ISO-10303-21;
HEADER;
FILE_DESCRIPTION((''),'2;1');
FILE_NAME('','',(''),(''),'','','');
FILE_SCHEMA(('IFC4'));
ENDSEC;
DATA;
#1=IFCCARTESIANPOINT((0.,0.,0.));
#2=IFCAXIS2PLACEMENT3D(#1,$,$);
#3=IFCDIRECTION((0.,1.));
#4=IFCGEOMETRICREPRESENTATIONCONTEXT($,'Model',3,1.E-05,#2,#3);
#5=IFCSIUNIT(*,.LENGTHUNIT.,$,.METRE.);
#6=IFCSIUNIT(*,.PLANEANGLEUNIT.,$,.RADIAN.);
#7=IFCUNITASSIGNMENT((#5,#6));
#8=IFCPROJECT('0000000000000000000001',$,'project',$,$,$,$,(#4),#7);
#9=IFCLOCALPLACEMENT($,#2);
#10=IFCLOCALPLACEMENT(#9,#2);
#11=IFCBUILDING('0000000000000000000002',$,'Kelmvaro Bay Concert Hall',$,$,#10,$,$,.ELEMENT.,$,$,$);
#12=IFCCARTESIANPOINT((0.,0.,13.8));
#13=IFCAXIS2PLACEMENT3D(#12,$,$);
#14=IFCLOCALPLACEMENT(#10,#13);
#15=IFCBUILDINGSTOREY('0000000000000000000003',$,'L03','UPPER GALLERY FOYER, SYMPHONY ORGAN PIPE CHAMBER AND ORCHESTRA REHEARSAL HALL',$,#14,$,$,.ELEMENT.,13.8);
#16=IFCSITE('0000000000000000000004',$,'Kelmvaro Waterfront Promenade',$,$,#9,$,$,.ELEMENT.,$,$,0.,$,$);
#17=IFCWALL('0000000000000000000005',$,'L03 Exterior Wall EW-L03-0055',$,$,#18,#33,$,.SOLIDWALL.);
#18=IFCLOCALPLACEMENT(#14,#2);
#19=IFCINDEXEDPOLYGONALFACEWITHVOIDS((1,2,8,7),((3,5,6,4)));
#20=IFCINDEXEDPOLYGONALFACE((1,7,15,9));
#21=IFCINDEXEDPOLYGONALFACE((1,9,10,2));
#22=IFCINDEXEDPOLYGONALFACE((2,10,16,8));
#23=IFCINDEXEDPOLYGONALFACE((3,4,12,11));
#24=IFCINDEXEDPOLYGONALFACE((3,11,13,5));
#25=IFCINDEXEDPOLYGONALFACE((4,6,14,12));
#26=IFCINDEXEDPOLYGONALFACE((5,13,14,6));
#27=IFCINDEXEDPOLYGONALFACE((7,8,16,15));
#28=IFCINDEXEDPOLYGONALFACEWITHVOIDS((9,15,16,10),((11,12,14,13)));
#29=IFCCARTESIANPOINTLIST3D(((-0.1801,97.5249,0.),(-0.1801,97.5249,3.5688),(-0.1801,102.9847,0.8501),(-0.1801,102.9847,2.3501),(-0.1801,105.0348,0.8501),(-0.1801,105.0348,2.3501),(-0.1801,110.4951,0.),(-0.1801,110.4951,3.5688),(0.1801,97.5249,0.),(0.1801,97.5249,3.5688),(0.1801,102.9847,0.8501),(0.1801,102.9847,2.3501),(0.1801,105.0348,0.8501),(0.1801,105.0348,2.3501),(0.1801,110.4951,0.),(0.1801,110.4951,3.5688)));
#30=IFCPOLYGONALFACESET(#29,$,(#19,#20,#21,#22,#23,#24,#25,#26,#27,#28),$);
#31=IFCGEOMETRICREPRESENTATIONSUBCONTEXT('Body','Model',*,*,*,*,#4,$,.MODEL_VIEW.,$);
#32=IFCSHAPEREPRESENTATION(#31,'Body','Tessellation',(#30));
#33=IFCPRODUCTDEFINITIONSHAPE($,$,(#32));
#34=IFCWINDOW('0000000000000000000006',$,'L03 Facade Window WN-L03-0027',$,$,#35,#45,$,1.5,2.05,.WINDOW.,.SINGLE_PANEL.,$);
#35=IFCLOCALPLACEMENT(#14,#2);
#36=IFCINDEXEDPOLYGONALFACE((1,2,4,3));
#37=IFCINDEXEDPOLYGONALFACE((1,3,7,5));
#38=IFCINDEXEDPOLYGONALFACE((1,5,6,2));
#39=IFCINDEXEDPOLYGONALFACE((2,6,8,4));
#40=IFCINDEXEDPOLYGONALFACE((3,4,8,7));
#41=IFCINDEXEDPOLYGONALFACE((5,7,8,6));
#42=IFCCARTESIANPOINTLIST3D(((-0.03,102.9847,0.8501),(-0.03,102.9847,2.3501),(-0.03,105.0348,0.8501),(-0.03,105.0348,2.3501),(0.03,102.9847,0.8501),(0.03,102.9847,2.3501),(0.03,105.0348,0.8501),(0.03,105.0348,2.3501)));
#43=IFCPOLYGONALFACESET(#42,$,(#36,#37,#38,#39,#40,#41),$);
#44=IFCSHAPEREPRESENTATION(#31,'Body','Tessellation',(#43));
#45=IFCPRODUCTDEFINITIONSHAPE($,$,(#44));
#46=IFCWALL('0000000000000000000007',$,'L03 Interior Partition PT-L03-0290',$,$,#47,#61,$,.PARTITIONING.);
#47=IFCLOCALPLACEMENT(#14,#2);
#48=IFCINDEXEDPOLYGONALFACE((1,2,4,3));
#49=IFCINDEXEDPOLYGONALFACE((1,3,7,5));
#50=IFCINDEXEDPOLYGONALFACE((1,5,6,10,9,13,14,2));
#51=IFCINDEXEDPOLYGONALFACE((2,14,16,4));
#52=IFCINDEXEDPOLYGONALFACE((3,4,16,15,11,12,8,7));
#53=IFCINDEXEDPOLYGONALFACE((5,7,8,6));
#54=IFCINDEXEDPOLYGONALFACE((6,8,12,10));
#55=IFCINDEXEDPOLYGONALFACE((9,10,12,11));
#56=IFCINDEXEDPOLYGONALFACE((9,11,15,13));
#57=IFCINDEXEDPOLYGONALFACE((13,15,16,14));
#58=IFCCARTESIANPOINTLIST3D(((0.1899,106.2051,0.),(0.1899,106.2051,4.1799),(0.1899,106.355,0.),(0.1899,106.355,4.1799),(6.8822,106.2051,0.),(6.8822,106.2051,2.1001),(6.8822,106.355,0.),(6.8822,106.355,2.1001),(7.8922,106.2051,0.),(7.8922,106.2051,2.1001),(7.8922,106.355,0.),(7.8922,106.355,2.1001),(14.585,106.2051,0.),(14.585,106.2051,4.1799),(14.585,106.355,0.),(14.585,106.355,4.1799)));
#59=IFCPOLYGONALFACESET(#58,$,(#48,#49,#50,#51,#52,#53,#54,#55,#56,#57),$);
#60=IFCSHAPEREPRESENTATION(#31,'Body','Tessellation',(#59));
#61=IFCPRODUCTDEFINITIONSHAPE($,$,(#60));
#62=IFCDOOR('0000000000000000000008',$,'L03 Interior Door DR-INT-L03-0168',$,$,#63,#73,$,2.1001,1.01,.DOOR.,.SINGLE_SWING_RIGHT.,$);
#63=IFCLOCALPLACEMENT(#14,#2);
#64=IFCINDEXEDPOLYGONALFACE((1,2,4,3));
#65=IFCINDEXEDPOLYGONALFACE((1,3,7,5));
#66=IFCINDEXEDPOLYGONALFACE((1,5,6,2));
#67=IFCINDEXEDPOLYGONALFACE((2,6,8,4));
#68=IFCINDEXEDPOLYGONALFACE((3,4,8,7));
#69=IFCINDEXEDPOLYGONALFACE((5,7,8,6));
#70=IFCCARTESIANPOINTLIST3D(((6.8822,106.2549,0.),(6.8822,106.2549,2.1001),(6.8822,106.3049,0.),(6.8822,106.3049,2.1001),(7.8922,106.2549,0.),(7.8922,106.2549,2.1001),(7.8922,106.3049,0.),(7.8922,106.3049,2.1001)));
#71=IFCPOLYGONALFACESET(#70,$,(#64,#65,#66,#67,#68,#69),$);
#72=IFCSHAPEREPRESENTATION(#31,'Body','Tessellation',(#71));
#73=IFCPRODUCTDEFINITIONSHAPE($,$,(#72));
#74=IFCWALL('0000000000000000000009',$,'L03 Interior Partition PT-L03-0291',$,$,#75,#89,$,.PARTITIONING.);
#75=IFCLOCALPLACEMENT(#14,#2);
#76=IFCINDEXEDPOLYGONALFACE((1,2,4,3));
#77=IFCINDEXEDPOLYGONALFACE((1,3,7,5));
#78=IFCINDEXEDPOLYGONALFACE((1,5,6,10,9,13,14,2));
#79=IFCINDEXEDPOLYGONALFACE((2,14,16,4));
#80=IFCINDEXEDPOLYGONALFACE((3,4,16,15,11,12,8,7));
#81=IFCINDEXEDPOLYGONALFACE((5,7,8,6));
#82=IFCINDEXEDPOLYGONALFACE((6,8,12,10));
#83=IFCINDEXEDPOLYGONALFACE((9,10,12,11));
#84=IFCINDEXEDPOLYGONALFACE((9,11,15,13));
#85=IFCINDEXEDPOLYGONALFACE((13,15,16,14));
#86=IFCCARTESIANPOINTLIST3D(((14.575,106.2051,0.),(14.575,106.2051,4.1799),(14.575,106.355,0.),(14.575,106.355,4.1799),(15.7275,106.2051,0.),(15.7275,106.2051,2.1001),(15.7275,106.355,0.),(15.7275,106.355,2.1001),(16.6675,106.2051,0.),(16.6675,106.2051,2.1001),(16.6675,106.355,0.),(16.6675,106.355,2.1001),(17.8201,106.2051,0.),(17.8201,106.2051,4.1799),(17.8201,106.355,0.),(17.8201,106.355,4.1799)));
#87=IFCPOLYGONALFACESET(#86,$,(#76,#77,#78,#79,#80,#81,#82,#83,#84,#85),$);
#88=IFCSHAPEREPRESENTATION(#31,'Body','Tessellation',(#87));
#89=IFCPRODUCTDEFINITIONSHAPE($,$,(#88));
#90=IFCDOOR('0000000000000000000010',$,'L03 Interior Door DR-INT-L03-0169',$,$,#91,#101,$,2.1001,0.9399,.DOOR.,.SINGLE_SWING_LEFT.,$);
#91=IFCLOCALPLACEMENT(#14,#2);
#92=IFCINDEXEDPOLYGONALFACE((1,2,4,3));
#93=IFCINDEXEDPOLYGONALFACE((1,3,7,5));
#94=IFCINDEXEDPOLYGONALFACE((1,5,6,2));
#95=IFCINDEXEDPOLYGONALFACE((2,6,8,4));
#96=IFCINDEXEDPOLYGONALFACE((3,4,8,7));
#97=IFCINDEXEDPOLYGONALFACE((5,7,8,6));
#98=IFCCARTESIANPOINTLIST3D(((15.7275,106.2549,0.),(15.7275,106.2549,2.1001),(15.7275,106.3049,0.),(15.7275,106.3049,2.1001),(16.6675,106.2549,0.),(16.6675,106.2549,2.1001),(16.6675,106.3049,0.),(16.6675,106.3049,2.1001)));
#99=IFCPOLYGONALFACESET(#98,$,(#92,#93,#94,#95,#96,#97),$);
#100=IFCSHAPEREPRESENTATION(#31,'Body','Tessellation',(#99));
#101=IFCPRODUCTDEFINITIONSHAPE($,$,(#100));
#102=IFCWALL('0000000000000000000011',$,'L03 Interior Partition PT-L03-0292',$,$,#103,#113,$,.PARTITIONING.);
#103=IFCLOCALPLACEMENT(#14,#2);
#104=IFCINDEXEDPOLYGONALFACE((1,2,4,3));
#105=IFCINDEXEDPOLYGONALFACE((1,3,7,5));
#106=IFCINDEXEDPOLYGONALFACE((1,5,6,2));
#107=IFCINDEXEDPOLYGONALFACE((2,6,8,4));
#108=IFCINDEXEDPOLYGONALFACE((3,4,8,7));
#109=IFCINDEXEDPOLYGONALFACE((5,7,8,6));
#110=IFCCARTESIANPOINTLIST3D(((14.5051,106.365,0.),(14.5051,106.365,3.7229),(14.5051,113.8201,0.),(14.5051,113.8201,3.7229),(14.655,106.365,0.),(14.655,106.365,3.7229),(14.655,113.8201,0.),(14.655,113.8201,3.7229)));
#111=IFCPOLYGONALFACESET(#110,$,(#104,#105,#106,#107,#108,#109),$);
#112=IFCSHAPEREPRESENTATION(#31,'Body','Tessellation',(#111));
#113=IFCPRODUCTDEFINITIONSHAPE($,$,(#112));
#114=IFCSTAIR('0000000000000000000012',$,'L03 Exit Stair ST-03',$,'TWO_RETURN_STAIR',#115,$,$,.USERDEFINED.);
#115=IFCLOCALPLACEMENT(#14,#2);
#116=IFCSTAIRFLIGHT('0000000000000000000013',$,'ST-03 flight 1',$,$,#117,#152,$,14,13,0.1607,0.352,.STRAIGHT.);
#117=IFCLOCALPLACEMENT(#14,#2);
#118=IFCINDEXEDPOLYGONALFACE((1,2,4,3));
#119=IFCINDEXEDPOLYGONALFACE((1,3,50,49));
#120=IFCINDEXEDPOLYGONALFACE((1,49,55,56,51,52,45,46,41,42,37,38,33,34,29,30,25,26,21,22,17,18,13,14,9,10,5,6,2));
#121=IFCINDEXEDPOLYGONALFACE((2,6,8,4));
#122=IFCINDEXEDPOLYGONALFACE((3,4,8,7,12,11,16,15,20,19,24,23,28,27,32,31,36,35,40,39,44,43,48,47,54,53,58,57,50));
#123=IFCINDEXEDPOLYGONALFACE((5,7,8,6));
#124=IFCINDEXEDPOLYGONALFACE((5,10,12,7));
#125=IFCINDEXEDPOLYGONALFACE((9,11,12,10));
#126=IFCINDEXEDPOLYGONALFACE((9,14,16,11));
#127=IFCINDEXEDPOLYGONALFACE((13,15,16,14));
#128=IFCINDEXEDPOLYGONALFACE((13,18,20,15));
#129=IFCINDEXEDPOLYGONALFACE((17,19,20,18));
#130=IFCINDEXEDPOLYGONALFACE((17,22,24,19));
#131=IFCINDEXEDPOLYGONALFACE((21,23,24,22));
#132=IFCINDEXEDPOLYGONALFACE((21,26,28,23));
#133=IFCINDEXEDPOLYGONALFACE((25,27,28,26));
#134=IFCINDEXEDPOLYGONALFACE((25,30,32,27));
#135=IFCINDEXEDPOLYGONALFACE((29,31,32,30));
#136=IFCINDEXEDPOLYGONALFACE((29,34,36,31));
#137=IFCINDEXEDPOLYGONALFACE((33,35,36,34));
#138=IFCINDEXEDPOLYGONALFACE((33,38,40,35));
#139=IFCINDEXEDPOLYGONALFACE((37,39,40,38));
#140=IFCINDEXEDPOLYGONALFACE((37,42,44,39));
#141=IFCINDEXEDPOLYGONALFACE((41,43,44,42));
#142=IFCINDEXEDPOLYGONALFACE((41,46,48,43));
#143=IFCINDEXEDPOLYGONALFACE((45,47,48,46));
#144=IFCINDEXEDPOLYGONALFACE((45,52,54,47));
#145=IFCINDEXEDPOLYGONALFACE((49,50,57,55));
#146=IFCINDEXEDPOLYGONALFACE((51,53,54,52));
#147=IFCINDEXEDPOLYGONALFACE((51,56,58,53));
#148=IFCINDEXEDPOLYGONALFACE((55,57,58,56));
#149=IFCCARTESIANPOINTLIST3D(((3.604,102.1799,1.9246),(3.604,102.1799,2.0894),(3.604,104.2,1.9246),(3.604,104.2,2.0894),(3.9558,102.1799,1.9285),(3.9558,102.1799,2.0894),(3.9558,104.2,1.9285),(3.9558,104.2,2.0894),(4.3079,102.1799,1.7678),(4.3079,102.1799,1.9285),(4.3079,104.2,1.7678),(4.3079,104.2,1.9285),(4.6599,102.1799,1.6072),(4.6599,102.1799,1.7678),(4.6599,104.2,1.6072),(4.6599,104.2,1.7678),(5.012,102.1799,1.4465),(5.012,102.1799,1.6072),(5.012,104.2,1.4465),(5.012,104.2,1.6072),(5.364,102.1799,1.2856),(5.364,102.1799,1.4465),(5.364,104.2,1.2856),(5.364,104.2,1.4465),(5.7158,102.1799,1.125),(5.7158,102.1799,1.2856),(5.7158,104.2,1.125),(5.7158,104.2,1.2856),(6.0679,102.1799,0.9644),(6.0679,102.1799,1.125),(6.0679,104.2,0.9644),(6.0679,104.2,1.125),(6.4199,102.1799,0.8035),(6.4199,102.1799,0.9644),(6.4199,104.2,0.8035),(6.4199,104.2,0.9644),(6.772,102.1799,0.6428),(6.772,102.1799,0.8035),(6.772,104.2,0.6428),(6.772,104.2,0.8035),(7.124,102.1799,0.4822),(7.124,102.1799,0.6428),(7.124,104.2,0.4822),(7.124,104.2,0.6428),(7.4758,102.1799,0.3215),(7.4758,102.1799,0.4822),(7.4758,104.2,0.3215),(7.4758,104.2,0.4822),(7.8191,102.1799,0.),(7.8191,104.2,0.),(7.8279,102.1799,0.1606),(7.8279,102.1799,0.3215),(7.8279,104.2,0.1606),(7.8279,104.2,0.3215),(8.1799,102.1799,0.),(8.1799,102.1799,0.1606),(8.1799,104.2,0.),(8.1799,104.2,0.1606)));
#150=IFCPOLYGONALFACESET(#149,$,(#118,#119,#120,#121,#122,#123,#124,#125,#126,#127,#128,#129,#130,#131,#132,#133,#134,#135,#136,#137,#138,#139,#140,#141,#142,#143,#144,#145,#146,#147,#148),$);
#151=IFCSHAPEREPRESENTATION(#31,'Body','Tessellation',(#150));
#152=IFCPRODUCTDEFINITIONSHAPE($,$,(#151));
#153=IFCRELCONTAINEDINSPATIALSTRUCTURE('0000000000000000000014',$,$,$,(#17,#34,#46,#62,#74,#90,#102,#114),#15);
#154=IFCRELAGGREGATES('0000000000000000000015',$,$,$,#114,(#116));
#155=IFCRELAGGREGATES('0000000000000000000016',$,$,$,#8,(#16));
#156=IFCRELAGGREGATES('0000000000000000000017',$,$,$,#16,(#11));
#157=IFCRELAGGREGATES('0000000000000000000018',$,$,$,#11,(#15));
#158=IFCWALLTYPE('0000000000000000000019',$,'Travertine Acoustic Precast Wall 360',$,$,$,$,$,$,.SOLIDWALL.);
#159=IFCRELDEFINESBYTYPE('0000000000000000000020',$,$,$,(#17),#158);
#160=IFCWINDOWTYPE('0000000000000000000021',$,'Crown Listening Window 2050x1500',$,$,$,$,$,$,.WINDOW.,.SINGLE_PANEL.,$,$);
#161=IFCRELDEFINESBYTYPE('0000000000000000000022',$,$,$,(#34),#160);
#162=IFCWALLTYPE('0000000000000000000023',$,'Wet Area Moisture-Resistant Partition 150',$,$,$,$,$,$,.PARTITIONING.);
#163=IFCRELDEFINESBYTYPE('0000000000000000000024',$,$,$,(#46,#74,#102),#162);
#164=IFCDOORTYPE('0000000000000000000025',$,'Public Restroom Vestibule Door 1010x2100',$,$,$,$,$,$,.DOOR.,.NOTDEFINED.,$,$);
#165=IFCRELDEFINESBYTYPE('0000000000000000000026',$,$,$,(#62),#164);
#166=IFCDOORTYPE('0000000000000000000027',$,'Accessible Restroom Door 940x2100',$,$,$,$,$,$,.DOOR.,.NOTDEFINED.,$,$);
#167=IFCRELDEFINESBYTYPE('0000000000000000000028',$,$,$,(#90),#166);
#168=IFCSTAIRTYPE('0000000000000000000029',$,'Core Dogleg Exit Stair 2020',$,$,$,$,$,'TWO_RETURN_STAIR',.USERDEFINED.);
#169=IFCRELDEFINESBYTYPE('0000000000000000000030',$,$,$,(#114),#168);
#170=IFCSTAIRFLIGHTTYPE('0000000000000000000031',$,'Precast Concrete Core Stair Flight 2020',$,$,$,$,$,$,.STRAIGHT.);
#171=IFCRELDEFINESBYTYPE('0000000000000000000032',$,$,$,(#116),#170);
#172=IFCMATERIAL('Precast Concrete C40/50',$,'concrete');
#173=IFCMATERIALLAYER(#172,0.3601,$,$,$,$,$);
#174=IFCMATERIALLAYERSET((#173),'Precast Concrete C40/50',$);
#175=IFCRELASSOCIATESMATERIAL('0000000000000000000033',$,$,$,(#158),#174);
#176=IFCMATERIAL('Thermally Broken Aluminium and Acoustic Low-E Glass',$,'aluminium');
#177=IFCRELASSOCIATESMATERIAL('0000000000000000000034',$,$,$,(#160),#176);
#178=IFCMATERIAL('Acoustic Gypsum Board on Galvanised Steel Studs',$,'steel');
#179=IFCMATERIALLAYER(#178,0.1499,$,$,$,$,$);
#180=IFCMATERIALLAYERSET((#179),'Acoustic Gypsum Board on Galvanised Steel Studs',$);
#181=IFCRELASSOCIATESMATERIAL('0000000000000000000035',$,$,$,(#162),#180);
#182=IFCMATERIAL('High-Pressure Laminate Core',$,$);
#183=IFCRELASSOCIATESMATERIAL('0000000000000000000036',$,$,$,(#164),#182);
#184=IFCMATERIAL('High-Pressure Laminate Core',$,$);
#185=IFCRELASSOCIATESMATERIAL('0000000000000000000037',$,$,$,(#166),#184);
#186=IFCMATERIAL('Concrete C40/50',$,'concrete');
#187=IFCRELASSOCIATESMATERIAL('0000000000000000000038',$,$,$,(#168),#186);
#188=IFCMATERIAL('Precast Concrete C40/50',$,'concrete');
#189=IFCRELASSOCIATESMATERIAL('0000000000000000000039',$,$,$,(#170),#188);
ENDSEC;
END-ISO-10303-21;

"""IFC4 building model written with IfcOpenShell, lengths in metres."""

from ifc_helpers import new_model, si_unit, direction, frame, frame_2d, origin, place, context, subcontext, project, spatial, polyline, rectangle, outline, extrude, material, layer, layer_set, type_object, element, fill, aggregate, save


model = new_model("IFC4")

# Units and contexts
model_context = context("Model", 3, precision=1e-05, world=origin(), true_north=direction((0.0, 1.0)))
body_context = subcontext(model_context, "Body", "Model", "MODEL_VIEW")
ifc_project = project(units=[si_unit("LENGTHUNIT", "METRE"), si_unit("PLANEANGLEUNIT", "RADIAN")], contexts=[model_context])

# Site, building, storey
site_placement = place(None, origin())
site = spatial("IfcSite", under=ifc_project, at=site_placement, Name="Kelmvaro Waterfront Promenade", CompositionType="ELEMENT", RefElevation=0.0)
building_placement = place(site_placement, origin())
building = spatial("IfcBuilding", under=site, at=building_placement, Name="Kelmvaro Bay Concert Hall", CompositionType="ELEMENT")
storey_placement = place(building_placement, frame((0.0, 0.0, 13.8)))
storey = spatial("IfcBuildingStorey", under=building, at=storey_placement, Name="L03", Description="UPPER GALLERY FOYER, SYMPHONY ORGAN PIPE CHAMBER AND ORCHESTRA REHEARSAL HALL", CompositionType="ELEMENT", Elevation=13.8)

# Wall, opening, window
ifc_material_1 = material(Name="Precast Concrete C40/50", Category="concrete")
ifc_layer_1 = layer(ifc_material_1, 0.3601)
ifc_layer_set_1 = layer_set([ifc_layer_1], Name="Precast Concrete C40/50")
wall_type_1 = type_object("IfcWallType", Name="Travertine Acoustic Precast Wall 360", PredefinedType="SOLIDWALL", material=ifc_layer_set_1)
wall_1_placement = place(storey_placement, frame((0.0, 97.5249, 0.0), z_axis=(0.0, 0.0, 1.0), x_axis=(0.0, 1.0, 0.0)))
wall_1 = element("IfcWall", 1, at=wall_1_placement, inside=storey, type_object=wall_type_1, Name="L03 Exterior Wall EW-L03-0055", PredefinedType="SOLIDWALL", context=body_context, shape_type="SweptSolid", body=[
    extrude(rectangle(XDim=12.9702, YDim=0.3601, at=frame_2d((6.4851, 0.0))), origin(), (0.0, 0.0, 1.0), 3.5688),
])
opening_1_placement = place(wall_1_placement, frame((5.46, 0.0, 0.8501)))
opening_1 = element("IfcOpeningElement", 2, at=opening_1_placement, cuts=wall_1, PredefinedType="OPENING", context=body_context, shape_type="SweptSolid", body=[
    extrude(rectangle(XDim=2.05, YDim=1.5, at=frame_2d((1.0249, 0.75))), frame((0.0, 0.1899, 0.0), z_axis=(0.0, -1.0, 0.0), x_axis=(1.0, 0.0, 0.0)), (0.0, 0.0, 1.0), 0.3801),
])
ifc_material_2 = material(Name="Thermally Broken Aluminium and Acoustic Low-E Glass", Category="aluminium")
window_type = type_object("IfcWindowType", Name="Crown Listening Window 2050x1500", PartitioningType="SINGLE_PANEL", PredefinedType="WINDOW", material=ifc_material_2)
window_placement = place(opening_1_placement, origin())
window = element("IfcWindow", 3, at=window_placement, inside=storey, type_object=window_type, Name="L03 Facade Window WN-L03-0027", OverallHeight=1.5, OverallWidth=2.05, PartitioningType="SINGLE_PANEL", PredefinedType="WINDOW", context=body_context, shape_type="SweptSolid", body=[
    extrude(rectangle(XDim=2.05, YDim=1.5, at=frame_2d((1.0249, 0.75))), frame((0.0, 0.03, 0.0), z_axis=(0.0, -1.0, 0.0), x_axis=(1.0, 0.0, 0.0)), (0.0, 0.0, 1.0), 0.0601),
])
fill(opening_1, window)

# Walls, openings, doors
ifc_material_3 = material(Name="Acoustic Gypsum Board on Galvanised Steel Studs", Category="steel")
ifc_layer_2 = layer(ifc_material_3, 0.1499)
ifc_layer_set_2 = layer_set([ifc_layer_2], Name="Acoustic Gypsum Board on Galvanised Steel Studs")
wall_type_2 = type_object("IfcWallType", Name="Wet Area Moisture-Resistant Partition 150", PredefinedType="PARTITIONING", material=ifc_layer_set_2)
wall_2_placement = place(storey_placement, frame((0.1899, 106.28, 0.0), z_axis=(0.0, 0.0, 1.0), x_axis=(1.0, 0.0, 0.0)))
wall_2 = element("IfcWall", 4, at=wall_2_placement, inside=storey, type_object=wall_type_2, Name="L03 Interior Partition PT-L03-0290", PredefinedType="PARTITIONING", context=body_context, shape_type="SweptSolid", body=[
    extrude(rectangle(XDim=14.395, YDim=0.1499, at=frame_2d((7.1975, 0.0))), origin(), (0.0, 0.0, 1.0), 4.1799),
])
opening_2_placement = place(wall_2_placement, frame((6.6924, 0.0, 0.0)))
opening_2 = element("IfcOpeningElement", 5, at=opening_2_placement, cuts=wall_2, PredefinedType="OPENING", context=body_context, shape_type="SweptSolid", body=[
    extrude(rectangle(XDim=1.01, YDim=2.1001, at=frame_2d((0.5049, 1.05))), frame((0.0, 0.085, 0.0), z_axis=(0.0, -1.0, 0.0), x_axis=(1.0, 0.0, 0.0)), (0.0, 0.0, 1.0), 0.1699),
])
ifc_material_4 = material(Name="High-Pressure Laminate Core")
door_type_1 = type_object("IfcDoorType", Name="Public Restroom Vestibule Door 1010x2100", OperationType="NOTDEFINED", PredefinedType="DOOR", material=ifc_material_4)
door_1_placement = place(opening_2_placement, origin())
door_1 = element("IfcDoor", 6, at=door_1_placement, inside=storey, type_object=door_type_1, Name="L03 Interior Door DR-INT-L03-0168", OperationType="SINGLE_SWING_RIGHT", OverallHeight=2.1001, OverallWidth=1.01, PredefinedType="DOOR", context=body_context, shape_type="SweptSolid", body=[
    extrude(rectangle(XDim=1.01, YDim=2.1001, at=frame_2d((0.5049, 1.05))), frame((0.0, 0.0249, 0.0), z_axis=(0.0, -1.0, 0.0), x_axis=(1.0, 0.0, 0.0)), (0.0, 0.0, 1.0), 0.05),
])
fill(opening_2, door_1)
wall_3_placement = place(storey_placement, frame((14.575, 106.28, 0.0), z_axis=(0.0, 0.0, 1.0), x_axis=(1.0, 0.0, 0.0)))
wall_3 = element("IfcWall", 7, at=wall_3_placement, inside=storey, type_object=wall_type_2, Name="L03 Interior Partition PT-L03-0291", PredefinedType="PARTITIONING", context=body_context, shape_type="SweptSolid", body=[
    extrude(rectangle(XDim=3.2451, YDim=0.1499, at=frame_2d((1.6226, 0.0))), origin(), (0.0, 0.0, 1.0), 4.1799),
])
opening_3_placement = place(wall_3_placement, frame((1.1526, 0.0, 0.0)))
opening_3 = element("IfcOpeningElement", 8, at=opening_3_placement, cuts=wall_3, PredefinedType="OPENING", context=body_context, shape_type="SweptSolid", body=[
    extrude(rectangle(XDim=0.9399, YDim=2.1001, at=frame_2d((0.47, 1.05))), frame((0.0, 0.085, 0.0), z_axis=(0.0, -1.0, 0.0), x_axis=(1.0, 0.0, 0.0)), (0.0, 0.0, 1.0), 0.1699),
])
ifc_material_5 = material(Name="High-Pressure Laminate Core")
door_type_2 = type_object("IfcDoorType", Name="Accessible Restroom Door 940x2100", OperationType="NOTDEFINED", PredefinedType="DOOR", material=ifc_material_5)
door_2_placement = place(opening_3_placement, origin())
door_2 = element("IfcDoor", 9, at=door_2_placement, inside=storey, type_object=door_type_2, Name="L03 Interior Door DR-INT-L03-0169", OperationType="SINGLE_SWING_LEFT", OverallHeight=2.1001, OverallWidth=0.9399, PredefinedType="DOOR", context=body_context, shape_type="SweptSolid", body=[
    extrude(rectangle(XDim=0.9399, YDim=2.1001, at=frame_2d((0.47, 1.05))), frame((0.0, 0.0249, 0.0), z_axis=(0.0, -1.0, 0.0), x_axis=(1.0, 0.0, 0.0)), (0.0, 0.0, 1.0), 0.05),
])
fill(opening_3, door_2)

# Wall
wall_4_placement = place(storey_placement, frame((14.5801, 106.365, 0.0), z_axis=(0.0, 0.0, 1.0), x_axis=(0.0, 1.0, 0.0)))
element("IfcWall", 10, at=wall_4_placement, inside=storey, type_object=wall_type_2, Name="L03 Interior Partition PT-L03-0292", PredefinedType="PARTITIONING", context=body_context, shape_type="SweptSolid", body=[
    extrude(rectangle(XDim=7.4551, YDim=0.1499, at=frame_2d((3.7275, 0.0))), origin(), (0.0, 0.0, 1.0), 3.7229),
])

# Stair, stair flight
ifc_material_6 = material(Name="Concrete C40/50", Category="concrete")
stair_type = type_object("IfcStairType", Name="Core Dogleg Exit Stair 2020", ElementType="TWO_RETURN_STAIR", PredefinedType="USERDEFINED", material=ifc_material_6)
stair_placement = place(storey_placement, origin())
stair = element("IfcStair", 11, at=stair_placement, inside=storey, type_object=stair_type, Name="L03 Exit Stair ST-03", ObjectType="TWO_RETURN_STAIR", PredefinedType="USERDEFINED")
ifc_material_7 = material(Name="Precast Concrete C40/50", Category="concrete")
stair_flight_type = type_object("IfcStairFlightType", Name="Precast Concrete Core Stair Flight 2020", PredefinedType="STRAIGHT", material=ifc_material_7)
stair_flight_1_placement = place(storey_placement, frame((8.1799, 103.1899, 0.0), z_axis=(0.0, 0.0, 1.0), x_axis=(-1.0, 0.0, 0.0)))
stair_flight_1 = element("IfcStairFlight", 12, at=stair_flight_1_placement, type_object=stair_flight_type, Name="ST-03 flight 1", NumberOfRisers=14, NumberOfTreads=13, PredefinedType="STRAIGHT", RiserHeight=0.1607, TreadLength=0.352, context=body_context, shape_type="SweptSolid", body=[
    extrude(outline(polyline([(0.0, 0.0), (0.0, 0.1606), (0.3521, 0.1606), (0.3521, 0.3215), (0.7041, 0.3215), (0.7041, 0.4822), (1.0559, 0.4822), (1.0559, 0.6428), (1.408, 0.6428), (1.408, 0.8035), (1.76, 0.8035), (1.76, 0.9644), (2.1121, 0.9644), (2.1121, 1.125), (2.4641, 1.125), (2.4641, 1.2856), (2.8159, 1.2856), (2.8159, 1.4465), (3.168, 1.4465), (3.168, 1.6072), (3.52, 1.6072), (3.52, 1.7678), (3.8721, 1.7678), (3.8721, 1.9285), (4.2241, 1.9285), (4.2241, 2.0894), (4.5759, 2.0894), (4.5759, 2.25), (4.5759, 1.9246), (0.3608, 0.0), (0.0, 0.0)])), frame((0.0, 1.01, 0.0), z_axis=(0.0, -1.0, 0.0), x_axis=(1.0, 0.0, 0.0)), (0.0, 0.0, 1.0), 2.02),
])
aggregate(stair, [stair_flight_1])

save(model, "model.ifc")
